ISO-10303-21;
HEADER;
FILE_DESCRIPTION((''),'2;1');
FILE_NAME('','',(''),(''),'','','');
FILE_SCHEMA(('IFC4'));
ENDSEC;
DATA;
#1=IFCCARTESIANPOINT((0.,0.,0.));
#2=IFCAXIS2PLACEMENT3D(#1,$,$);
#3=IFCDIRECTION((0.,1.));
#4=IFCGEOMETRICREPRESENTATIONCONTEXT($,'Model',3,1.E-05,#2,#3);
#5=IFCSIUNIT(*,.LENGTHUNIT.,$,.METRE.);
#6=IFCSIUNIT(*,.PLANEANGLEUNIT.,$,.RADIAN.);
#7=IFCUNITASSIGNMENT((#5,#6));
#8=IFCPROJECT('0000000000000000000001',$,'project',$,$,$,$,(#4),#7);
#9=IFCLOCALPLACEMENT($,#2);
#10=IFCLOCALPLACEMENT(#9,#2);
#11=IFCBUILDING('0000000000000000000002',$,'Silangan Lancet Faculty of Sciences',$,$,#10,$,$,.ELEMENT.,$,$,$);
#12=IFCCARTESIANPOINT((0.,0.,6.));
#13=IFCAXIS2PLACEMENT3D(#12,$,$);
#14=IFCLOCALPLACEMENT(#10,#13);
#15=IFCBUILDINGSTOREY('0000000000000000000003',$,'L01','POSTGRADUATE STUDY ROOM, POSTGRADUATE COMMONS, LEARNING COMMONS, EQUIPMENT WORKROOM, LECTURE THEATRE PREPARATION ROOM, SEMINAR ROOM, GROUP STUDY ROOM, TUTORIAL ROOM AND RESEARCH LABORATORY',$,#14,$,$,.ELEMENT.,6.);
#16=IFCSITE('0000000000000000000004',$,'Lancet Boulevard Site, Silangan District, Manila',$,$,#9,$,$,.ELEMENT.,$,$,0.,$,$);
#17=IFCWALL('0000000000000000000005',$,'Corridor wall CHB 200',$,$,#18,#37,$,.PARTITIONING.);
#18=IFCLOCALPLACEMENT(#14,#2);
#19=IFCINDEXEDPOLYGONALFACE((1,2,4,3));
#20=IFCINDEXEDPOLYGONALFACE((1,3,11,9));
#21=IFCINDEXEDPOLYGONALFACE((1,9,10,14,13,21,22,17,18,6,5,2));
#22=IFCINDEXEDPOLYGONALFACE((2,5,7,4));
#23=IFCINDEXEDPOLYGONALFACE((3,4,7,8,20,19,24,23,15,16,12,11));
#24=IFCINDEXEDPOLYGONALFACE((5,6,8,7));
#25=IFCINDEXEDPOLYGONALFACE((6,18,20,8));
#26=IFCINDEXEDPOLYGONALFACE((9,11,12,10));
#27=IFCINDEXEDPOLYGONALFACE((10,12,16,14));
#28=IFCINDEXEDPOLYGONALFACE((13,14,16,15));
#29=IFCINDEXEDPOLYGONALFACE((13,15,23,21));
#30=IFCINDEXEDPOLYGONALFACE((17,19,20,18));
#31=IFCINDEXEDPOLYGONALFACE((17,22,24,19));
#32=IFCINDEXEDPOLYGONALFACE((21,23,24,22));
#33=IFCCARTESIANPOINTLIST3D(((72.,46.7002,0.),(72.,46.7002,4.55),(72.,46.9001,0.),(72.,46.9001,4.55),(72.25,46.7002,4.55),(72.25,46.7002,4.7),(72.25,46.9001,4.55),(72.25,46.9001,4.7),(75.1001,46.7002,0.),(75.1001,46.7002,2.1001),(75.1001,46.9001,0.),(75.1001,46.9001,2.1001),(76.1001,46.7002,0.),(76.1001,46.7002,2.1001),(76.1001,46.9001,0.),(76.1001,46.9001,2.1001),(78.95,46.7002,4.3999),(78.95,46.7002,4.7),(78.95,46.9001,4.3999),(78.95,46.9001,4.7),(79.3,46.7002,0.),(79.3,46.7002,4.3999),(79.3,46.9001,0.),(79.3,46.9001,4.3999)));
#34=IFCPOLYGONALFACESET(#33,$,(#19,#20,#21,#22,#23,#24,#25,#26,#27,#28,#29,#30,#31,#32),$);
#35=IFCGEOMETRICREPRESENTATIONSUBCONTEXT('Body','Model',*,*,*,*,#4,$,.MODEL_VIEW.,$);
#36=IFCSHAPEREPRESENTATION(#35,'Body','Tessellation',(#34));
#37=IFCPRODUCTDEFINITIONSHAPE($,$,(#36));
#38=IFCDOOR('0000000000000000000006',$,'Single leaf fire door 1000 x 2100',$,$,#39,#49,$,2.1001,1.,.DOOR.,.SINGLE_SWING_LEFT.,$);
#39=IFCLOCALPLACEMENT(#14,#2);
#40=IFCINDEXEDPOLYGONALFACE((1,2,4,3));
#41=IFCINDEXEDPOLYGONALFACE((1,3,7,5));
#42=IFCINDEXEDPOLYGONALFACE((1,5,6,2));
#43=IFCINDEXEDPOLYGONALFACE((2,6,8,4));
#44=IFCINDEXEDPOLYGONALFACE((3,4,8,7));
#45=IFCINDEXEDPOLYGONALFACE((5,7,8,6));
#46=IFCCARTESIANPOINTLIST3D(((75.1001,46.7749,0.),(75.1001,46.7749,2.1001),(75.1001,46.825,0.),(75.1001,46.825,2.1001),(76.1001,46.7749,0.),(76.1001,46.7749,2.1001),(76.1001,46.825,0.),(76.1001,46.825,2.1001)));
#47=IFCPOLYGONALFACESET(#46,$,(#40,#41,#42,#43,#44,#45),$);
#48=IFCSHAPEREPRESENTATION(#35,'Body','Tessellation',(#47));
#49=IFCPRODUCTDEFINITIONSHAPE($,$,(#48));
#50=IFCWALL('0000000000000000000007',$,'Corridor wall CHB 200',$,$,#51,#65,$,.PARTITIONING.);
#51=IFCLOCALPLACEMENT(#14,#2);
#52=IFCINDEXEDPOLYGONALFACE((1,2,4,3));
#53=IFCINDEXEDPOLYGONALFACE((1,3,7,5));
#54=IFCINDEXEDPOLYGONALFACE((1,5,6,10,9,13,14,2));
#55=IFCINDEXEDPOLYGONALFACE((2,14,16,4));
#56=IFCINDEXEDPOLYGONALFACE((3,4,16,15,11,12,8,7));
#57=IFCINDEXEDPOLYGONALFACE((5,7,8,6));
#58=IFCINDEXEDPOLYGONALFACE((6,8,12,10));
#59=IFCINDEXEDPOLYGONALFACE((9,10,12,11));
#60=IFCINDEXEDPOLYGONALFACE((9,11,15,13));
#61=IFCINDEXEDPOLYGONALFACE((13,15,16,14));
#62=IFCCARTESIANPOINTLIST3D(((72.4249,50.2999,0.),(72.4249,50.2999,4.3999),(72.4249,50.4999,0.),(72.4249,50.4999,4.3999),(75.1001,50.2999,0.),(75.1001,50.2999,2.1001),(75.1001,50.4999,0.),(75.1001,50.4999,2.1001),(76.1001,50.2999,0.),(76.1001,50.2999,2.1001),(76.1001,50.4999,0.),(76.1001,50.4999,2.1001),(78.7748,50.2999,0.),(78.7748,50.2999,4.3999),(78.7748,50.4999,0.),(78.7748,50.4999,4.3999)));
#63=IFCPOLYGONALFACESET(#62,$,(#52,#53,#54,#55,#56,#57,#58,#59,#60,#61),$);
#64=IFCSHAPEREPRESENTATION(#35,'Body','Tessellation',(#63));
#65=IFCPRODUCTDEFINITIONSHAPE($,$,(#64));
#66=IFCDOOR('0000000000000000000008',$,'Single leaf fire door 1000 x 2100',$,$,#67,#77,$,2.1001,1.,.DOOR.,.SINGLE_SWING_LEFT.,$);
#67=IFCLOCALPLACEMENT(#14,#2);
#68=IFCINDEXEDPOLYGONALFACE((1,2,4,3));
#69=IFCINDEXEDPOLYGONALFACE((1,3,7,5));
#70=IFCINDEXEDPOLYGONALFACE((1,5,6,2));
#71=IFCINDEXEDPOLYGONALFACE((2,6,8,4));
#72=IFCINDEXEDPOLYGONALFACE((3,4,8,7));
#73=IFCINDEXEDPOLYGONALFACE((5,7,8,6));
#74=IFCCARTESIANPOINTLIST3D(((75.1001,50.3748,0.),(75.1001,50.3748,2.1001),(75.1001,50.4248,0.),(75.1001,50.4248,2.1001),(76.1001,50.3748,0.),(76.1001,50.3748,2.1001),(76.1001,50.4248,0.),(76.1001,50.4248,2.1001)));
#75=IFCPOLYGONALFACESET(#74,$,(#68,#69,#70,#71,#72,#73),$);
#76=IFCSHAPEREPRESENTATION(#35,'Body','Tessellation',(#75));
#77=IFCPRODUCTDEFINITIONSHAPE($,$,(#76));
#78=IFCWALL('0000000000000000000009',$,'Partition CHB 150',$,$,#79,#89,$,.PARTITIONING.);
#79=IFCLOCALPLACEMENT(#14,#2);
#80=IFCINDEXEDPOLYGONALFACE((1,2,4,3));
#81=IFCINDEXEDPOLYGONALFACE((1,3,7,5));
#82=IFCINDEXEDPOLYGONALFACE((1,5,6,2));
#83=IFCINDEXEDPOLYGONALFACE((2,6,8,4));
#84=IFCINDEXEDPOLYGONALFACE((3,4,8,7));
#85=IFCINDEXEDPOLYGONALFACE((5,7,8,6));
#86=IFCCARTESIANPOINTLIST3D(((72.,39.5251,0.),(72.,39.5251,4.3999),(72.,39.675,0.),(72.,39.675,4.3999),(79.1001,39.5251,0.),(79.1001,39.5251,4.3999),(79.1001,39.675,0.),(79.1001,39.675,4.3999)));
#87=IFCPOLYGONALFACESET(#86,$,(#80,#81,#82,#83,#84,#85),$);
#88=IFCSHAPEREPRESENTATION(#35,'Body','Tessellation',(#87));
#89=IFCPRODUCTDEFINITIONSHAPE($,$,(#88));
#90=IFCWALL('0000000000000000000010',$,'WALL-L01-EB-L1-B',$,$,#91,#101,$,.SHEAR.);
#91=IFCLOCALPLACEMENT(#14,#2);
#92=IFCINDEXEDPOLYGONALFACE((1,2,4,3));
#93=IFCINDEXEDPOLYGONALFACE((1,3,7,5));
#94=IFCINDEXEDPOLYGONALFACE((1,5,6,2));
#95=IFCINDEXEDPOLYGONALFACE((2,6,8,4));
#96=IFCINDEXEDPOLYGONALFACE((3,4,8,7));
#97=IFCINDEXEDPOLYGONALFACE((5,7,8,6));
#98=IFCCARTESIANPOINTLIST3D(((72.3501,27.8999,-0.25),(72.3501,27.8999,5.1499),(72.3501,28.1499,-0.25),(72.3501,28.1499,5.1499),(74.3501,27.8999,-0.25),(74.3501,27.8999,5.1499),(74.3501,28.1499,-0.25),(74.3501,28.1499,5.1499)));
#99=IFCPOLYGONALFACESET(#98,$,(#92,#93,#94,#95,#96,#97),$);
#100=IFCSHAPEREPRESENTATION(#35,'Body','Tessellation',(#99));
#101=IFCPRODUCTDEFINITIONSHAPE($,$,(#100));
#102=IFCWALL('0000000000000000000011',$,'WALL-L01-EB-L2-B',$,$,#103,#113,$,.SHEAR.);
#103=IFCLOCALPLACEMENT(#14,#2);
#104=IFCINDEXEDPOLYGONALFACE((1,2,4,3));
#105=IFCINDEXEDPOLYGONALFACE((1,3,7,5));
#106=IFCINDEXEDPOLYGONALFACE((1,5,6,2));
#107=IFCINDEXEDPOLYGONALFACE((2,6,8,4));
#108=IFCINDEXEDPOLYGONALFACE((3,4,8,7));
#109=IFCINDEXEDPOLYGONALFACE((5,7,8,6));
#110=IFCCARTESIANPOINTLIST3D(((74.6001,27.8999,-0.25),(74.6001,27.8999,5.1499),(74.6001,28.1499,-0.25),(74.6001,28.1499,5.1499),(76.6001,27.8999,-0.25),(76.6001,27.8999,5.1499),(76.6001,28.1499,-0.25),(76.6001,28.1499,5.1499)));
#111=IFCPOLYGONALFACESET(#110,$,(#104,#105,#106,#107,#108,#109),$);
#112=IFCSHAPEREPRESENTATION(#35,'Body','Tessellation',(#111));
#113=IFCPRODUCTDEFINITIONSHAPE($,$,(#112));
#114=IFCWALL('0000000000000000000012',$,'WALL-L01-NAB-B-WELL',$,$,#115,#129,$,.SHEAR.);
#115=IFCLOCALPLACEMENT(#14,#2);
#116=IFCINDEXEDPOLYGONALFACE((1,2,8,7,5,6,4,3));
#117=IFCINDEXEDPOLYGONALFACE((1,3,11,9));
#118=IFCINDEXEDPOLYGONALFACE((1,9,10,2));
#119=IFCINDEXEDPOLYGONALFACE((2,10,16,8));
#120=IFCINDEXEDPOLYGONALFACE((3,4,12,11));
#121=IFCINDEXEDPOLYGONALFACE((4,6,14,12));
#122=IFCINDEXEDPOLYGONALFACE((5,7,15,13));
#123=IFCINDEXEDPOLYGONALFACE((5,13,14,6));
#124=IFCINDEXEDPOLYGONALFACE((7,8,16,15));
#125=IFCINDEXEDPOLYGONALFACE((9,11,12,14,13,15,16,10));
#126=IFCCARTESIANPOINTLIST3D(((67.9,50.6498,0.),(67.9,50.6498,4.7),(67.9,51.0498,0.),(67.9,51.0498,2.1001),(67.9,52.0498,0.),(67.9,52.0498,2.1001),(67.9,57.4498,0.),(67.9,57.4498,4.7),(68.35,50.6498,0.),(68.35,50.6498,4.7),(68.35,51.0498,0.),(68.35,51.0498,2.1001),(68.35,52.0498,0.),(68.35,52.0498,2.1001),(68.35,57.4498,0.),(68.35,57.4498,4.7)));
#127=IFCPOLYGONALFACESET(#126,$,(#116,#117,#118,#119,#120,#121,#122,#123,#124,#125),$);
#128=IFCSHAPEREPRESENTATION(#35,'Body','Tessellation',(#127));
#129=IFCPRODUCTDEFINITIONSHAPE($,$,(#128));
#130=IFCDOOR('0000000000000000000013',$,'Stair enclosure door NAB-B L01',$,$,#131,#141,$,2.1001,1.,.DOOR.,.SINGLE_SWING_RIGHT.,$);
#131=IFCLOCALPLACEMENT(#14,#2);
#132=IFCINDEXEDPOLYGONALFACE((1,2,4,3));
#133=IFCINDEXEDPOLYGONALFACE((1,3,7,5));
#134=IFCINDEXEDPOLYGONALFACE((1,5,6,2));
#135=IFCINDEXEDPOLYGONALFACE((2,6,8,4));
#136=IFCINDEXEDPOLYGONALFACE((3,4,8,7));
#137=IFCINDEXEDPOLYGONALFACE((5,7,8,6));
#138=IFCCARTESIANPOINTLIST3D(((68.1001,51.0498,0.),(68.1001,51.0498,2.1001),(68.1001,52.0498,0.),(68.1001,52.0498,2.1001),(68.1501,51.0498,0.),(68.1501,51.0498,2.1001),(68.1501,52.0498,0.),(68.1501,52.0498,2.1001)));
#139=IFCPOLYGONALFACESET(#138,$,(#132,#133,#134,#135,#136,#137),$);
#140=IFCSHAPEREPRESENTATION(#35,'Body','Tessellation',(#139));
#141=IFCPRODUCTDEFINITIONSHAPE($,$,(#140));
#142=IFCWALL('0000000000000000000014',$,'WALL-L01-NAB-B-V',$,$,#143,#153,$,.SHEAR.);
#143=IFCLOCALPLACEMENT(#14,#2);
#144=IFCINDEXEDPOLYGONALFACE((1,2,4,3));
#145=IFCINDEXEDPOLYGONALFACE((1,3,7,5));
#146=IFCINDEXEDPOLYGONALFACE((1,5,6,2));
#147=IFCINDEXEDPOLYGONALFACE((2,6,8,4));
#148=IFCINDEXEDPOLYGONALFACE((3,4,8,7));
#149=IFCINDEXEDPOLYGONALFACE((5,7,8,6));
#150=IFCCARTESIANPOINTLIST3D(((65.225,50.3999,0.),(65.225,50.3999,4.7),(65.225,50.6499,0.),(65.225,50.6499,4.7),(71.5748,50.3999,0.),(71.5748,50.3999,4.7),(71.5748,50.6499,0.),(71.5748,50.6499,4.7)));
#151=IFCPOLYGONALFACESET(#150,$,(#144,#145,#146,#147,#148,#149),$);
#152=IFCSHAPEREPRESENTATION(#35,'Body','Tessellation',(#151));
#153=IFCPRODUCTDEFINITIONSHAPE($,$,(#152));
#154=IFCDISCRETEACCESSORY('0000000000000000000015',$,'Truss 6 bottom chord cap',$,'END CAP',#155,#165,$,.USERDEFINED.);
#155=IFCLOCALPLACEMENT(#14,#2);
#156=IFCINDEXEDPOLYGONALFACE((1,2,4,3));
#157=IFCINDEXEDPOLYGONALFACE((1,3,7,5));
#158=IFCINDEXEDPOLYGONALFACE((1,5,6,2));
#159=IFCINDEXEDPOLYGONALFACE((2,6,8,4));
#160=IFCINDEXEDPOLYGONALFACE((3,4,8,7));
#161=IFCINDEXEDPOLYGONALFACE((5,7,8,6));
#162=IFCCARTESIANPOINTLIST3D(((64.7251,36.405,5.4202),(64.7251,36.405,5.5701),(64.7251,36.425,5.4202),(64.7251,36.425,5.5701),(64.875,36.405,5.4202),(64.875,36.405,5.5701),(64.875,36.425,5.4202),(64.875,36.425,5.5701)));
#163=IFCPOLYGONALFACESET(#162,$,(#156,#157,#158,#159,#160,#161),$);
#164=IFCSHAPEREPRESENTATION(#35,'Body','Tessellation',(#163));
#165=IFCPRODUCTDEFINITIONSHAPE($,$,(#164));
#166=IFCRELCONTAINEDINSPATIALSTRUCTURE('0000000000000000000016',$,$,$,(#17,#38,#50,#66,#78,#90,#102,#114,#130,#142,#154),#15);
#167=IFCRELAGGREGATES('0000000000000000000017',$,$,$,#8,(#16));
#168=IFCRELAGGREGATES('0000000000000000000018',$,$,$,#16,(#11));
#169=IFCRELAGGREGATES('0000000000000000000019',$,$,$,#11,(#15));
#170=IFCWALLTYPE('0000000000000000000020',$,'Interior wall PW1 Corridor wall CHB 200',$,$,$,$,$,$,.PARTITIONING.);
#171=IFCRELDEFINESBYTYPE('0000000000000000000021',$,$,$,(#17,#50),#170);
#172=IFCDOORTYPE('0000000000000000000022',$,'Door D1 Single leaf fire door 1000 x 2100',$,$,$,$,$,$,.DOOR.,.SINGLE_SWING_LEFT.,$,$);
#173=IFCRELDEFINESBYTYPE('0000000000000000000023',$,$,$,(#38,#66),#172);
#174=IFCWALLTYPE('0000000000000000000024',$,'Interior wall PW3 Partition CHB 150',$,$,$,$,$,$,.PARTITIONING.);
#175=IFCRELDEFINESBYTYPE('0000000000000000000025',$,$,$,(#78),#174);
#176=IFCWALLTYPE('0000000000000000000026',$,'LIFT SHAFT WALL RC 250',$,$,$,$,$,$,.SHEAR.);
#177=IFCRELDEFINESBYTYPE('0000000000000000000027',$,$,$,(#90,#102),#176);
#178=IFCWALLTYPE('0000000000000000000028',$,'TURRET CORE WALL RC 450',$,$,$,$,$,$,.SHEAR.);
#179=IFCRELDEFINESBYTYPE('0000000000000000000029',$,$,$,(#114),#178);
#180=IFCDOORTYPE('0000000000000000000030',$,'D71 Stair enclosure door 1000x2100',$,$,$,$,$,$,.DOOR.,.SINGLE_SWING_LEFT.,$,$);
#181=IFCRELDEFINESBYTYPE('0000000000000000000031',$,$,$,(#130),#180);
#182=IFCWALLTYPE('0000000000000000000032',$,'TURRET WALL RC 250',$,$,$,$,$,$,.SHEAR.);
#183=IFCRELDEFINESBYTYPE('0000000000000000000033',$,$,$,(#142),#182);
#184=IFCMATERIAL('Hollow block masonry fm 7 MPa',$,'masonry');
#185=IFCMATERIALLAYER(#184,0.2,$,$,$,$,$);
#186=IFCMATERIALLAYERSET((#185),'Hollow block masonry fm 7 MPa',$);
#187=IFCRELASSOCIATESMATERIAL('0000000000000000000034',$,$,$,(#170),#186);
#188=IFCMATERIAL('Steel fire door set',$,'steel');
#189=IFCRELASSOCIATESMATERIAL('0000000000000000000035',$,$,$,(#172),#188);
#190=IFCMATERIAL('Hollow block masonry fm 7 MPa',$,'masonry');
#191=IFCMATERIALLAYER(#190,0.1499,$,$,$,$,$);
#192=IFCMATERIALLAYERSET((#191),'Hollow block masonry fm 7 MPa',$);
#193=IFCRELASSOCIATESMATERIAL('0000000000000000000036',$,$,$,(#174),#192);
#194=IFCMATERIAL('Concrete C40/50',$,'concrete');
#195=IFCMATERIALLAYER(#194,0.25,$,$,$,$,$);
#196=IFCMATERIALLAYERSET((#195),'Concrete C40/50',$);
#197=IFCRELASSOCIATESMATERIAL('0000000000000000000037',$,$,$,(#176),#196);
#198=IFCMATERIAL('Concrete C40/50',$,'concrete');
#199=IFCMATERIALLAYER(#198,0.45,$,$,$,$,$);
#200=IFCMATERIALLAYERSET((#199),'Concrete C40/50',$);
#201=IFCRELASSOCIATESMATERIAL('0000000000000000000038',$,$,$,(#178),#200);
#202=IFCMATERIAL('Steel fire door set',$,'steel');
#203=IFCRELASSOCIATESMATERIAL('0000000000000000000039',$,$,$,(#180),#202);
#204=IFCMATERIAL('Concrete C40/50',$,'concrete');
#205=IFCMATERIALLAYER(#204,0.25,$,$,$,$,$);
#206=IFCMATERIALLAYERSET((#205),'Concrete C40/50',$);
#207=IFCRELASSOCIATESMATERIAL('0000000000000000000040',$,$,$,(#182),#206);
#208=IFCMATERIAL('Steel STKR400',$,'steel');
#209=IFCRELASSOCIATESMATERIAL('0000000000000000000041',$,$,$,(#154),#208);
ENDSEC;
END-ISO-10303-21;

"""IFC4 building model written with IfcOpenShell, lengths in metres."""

from ifc_helpers import new_model, si_unit, direction, frame, frame_2d, origin, origin_2d, place, context, subcontext, project, spatial, polyline, rectangle, outline, extrude, material, layer, layer_set, type_object, element, fill, save


model = new_model("IFC4")

# Units and contexts
model_context = context("Model", 3, precision=1e-05, world=origin(), true_north=direction((0.0, 1.0)))
body_context = subcontext(model_context, "Body", "Model", "MODEL_VIEW")
ifc_project = project(units=[si_unit("LENGTHUNIT", "METRE"), si_unit("PLANEANGLEUNIT", "RADIAN")], contexts=[model_context])

# Site, building, storey
site_placement = place(None, origin())
site = spatial("IfcSite", under=ifc_project, at=site_placement, Name="Lancet Boulevard Site, Silangan District, Manila", CompositionType="ELEMENT", RefElevation=0.0)
building_placement = place(site_placement, origin())
building = spatial("IfcBuilding", under=site, at=building_placement, Name="Silangan Lancet Faculty of Sciences", CompositionType="ELEMENT")
storey_placement = place(building_placement, frame((0.0, 0.0, 6.0)))
storey = spatial("IfcBuildingStorey", under=building, at=storey_placement, Name="L01", Description="POSTGRADUATE STUDY ROOM, POSTGRADUATE COMMONS, LEARNING COMMONS, EQUIPMENT WORKROOM, LECTURE THEATRE PREPARATION ROOM, SEMINAR ROOM, GROUP STUDY ROOM, TUTORIAL ROOM AND RESEARCH LABORATORY", CompositionType="ELEMENT", Elevation=6.0)

# Walls, openings, doors
ifc_material_1 = material(Name="Hollow block masonry fm 7 MPa", Category="masonry")
ifc_layer_1 = layer(ifc_material_1, 0.2)
ifc_layer_set_1 = layer_set([ifc_layer_1], Name="Hollow block masonry fm 7 MPa")
wall_type_1 = type_object("IfcWallType", Name="Interior wall PW1 Corridor wall CHB 200", PredefinedType="PARTITIONING", material=ifc_layer_set_1)
wall_1_placement = place(storey_placement, frame((72.0, 46.8, 0.0), z_axis=(0.0, 0.0, 1.0), x_axis=(1.0, 0.0, 0.0)))
wall_1 = element("IfcWall", 1, at=wall_1_placement, inside=storey, type_object=wall_type_1, Name="Corridor wall CHB 200", PredefinedType="PARTITIONING", context=body_context, shape_type="SweptSolid", body=[
    extrude(outline(polyline([(0.0, 0.0), (7.3, 0.0), (7.3, 4.3999), (6.95, 4.3999), (6.95, 4.7), (0.25, 4.7), (0.25, 4.55), (0.0, 4.55), (0.0, 0.0)])), frame((0.0, 0.1001, 0.0), z_axis=(0.0, -1.0, 0.0), x_axis=(1.0, 0.0, 0.0)), (0.0, 0.0, 1.0), 0.2),
])
opening_1_placement = place(wall_1_placement, frame((3.1001, 0.0, 0.0)))
opening_1 = element("IfcOpeningElement", 2, at=opening_1_placement, cuts=wall_1, PredefinedType="OPENING", context=body_context, shape_type="SweptSolid", body=[
    extrude(rectangle(XDim=1.0, YDim=2.1001, at=frame_2d((0.5, 1.05))), frame((0.0, 0.1099, 0.0), z_axis=(0.0, -1.0, 0.0), x_axis=(1.0, 0.0, 0.0)), (0.0, 0.0, 1.0), 0.22),
])
ifc_material_2 = material(Name="Steel fire door set", Category="steel")
door_type_1 = type_object("IfcDoorType", Name="Door D1 Single leaf fire door 1000 x 2100", OperationType="SINGLE_SWING_LEFT", PredefinedType="DOOR", material=ifc_material_2)
door_1_placement = place(opening_1_placement, frame((1.0, 0.0, 0.0), z_axis=(0.0, 0.0, 1.0), x_axis=(-1.0, 0.0, 0.0)))
door_1 = element("IfcDoor", 3, at=door_1_placement, inside=storey, type_object=door_type_1, Name="Single leaf fire door 1000 x 2100", OperationType="SINGLE_SWING_LEFT", OverallHeight=2.1001, OverallWidth=1.0, PredefinedType="DOOR", context=body_context, shape_type="SweptSolid", body=[
    extrude(rectangle(XDim=1.0, YDim=2.1001, at=frame_2d((0.5, 1.05))), frame((0.0, 0.0251, 0.0), z_axis=(0.0, -1.0, 0.0), x_axis=(1.0, 0.0, 0.0)), (0.0, 0.0, 1.0), 0.05),
])
fill(opening_1, door_1)
wall_2_placement = place(storey_placement, frame((72.425, 50.3999, 0.0), z_axis=(0.0, 0.0, 1.0), x_axis=(1.0, 0.0, 0.0)))
wall_2 = element("IfcWall", 4, at=wall_2_placement, inside=storey, type_object=wall_type_1, Name="Corridor wall CHB 200", PredefinedType="PARTITIONING", context=body_context, shape_type="SweptSolid", body=[
    extrude(rectangle(XDim=6.3499, YDim=0.2, at=frame_2d((3.1748, 0.0))), origin(), (0.0, 0.0, 1.0), 4.3999),
])
opening_2_placement = place(wall_2_placement, frame((2.675, 0.0, 0.0)))
opening_2 = element("IfcOpeningElement", 5, at=opening_2_placement, cuts=wall_2, PredefinedType="OPENING", context=body_context, shape_type="SweptSolid", body=[
    extrude(rectangle(XDim=1.0, YDim=2.1001, at=frame_2d((0.5, 1.05))), frame((0.0, 0.1099, 0.0), z_axis=(0.0, -1.0, 0.0), x_axis=(1.0, 0.0, 0.0)), (0.0, 0.0, 1.0), 0.22),
])
door_2_placement = place(opening_2_placement, origin())
door_2 = element("IfcDoor", 6, at=door_2_placement, inside=storey, type_object=door_type_1, Name="Single leaf fire door 1000 x 2100", OperationType="SINGLE_SWING_LEFT", OverallHeight=2.1001, OverallWidth=1.0, PredefinedType="DOOR", context=body_context, shape_type="SweptSolid", body=[
    extrude(rectangle(XDim=1.0, YDim=2.1001, at=frame_2d((0.5, 1.05))), frame((0.0, 0.0249, 0.0), z_axis=(0.0, -1.0, 0.0), x_axis=(1.0, 0.0, 0.0)), (0.0, 0.0, 1.0), 0.05),
])
fill(opening_2, door_2)

# Walls
ifc_material_3 = material(Name="Hollow block masonry fm 7 MPa", Category="masonry")
ifc_layer_2 = layer(ifc_material_3, 0.1499)
ifc_layer_set_2 = layer_set([ifc_layer_2], Name="Hollow block masonry fm 7 MPa")
wall_type_2 = type_object("IfcWallType", Name="Interior wall PW3 Partition CHB 150", PredefinedType="PARTITIONING", material=ifc_layer_set_2)
wall_3_placement = place(storey_placement, frame((72.0, 39.6001, 0.0), z_axis=(0.0, 0.0, 1.0), x_axis=(1.0, 0.0, 0.0)))
element("IfcWall", 7, at=wall_3_placement, inside=storey, type_object=wall_type_2, Name="Partition CHB 150", PredefinedType="PARTITIONING", context=body_context, shape_type="SweptSolid", body=[
    extrude(rectangle(XDim=7.1001, YDim=0.1499, at=frame_2d((3.55, 0.0))), origin(), (0.0, 0.0, 1.0), 4.3999),
])
ifc_material_4 = material(Name="Concrete C40/50", Category="concrete")
ifc_layer_3 = layer(ifc_material_4, 0.25)
ifc_layer_set_3 = layer_set([ifc_layer_3], Name="Concrete C40/50")
wall_type_3 = type_object("IfcWallType", Name="LIFT SHAFT WALL RC 250", PredefinedType="SHEAR", material=ifc_layer_set_3)
for number, where, z_axis, x_axis, name in (
    (8, (72.3501, 28.0249, -0.25), (0.0, 0.0, 1.0), (1.0, 0.0, 0.0), "WALL-L01-EB-L1-B"),
    (9, (74.6001, 28.0249, -0.25), (0.0, 0.0, 1.0), (1.0, 0.0, 0.0), "WALL-L01-EB-L2-B"),
):
    element("IfcWall", number, at=place(storey_placement, frame(where, z_axis=z_axis, x_axis=x_axis)), inside=storey, type_object=wall_type_3, Name=name, PredefinedType="SHEAR", context=body_context, shape_type="SweptSolid", body=[
        extrude(rectangle(XDim=2.0, YDim=0.25, at=frame_2d((1.0, 0.0))), origin(), (0.0, 0.0, 1.0), 5.3999),
    ])

# Wall, opening, door
ifc_material_5 = material(Name="Concrete C40/50", Category="concrete")
ifc_layer_4 = layer(ifc_material_5, 0.45)
ifc_layer_set_4 = layer_set([ifc_layer_4], Name="Concrete C40/50")
wall_type_4 = type_object("IfcWallType", Name="TURRET CORE WALL RC 450", PredefinedType="SHEAR", material=ifc_layer_set_4)
wall_4_placement = place(storey_placement, frame((68.125, 50.6499, 0.0), z_axis=(0.0, 0.0, 1.0), x_axis=(0.0, 1.0, 0.0)))
wall_4 = element("IfcWall", 10, at=wall_4_placement, inside=storey, type_object=wall_type_4, Name="WALL-L01-NAB-B-WELL", PredefinedType="SHEAR", context=body_context, shape_type="SweptSolid", body=[
    extrude(rectangle(XDim=6.8, YDim=0.45, at=frame_2d((3.3999, 0.0))), origin(), (0.0, 0.0, 1.0), 4.7),
])
opening_3_placement = place(wall_4_placement, frame((0.3999, 0.0, 0.0)))
opening_3 = element("IfcOpeningElement", 11, at=opening_3_placement, cuts=wall_4, PredefinedType="OPENING", context=body_context, shape_type="SweptSolid", body=[
    extrude(rectangle(XDim=1.0, YDim=2.1001, at=frame_2d((0.5, 1.05))), frame((0.0, 0.2349, 0.0), z_axis=(0.0, -1.0, 0.0), x_axis=(1.0, 0.0, 0.0)), (0.0, 0.0, 1.0), 0.47),
])
ifc_material_6 = material(Name="Steel fire door set", Category="steel")
door_type_2 = type_object("IfcDoorType", Name="D71 Stair enclosure door 1000x2100", OperationType="SINGLE_SWING_LEFT", PredefinedType="DOOR", material=ifc_material_6)
door_3_placement = place(opening_3_placement, frame((1.0, 0.0, 0.0), z_axis=(0.0, 0.0, 1.0), x_axis=(-1.0, 0.0, 0.0)))
door_3 = element("IfcDoor", 12, at=door_3_placement, inside=storey, type_object=door_type_2, Name="Stair enclosure door NAB-B L01", OperationType="SINGLE_SWING_RIGHT", OverallHeight=2.1001, OverallWidth=1.0, PredefinedType="DOOR", context=body_context, shape_type="SweptSolid", body=[
    extrude(rectangle(XDim=1.0, YDim=2.1001, at=frame_2d((0.5, 1.05))), frame((0.0, 0.0251, 0.0), z_axis=(0.0, -1.0, 0.0), x_axis=(1.0, 0.0, 0.0)), (0.0, 0.0, 1.0), 0.05),
])
fill(opening_3, door_3)

# Wall
ifc_material_7 = material(Name="Concrete C40/50", Category="concrete")
ifc_layer_5 = layer(ifc_material_7, 0.25)
ifc_layer_set_5 = layer_set([ifc_layer_5], Name="Concrete C40/50")
wall_type_5 = type_object("IfcWallType", Name="TURRET WALL RC 250", PredefinedType="SHEAR", material=ifc_layer_set_5)
wall_5_placement = place(storey_placement, frame((65.2251, 50.5249, 0.0), z_axis=(0.0, 0.0, 1.0), x_axis=(1.0, 0.0, 0.0)))
element("IfcWall", 13, at=wall_5_placement, inside=storey, type_object=wall_type_5, Name="WALL-L01-NAB-B-V", PredefinedType="SHEAR", context=body_context, shape_type="SweptSolid", body=[
    extrude(rectangle(XDim=6.3499, YDim=0.25, at=frame_2d((3.1748, 0.0))), origin(), (0.0, 0.0, 1.0), 4.7),
])

# Discrete accessory
ifc_material_8 = material(Name="Steel STKR400", Category="steel")
for number, where, z_axis, x_axis, name in (
    (14, (64.8, 36.415, 5.4202), (0.0, 0.0, 1.0), (1.0, 0.0, 0.0), "Truss 6 bottom chord cap"),
):
    element("IfcDiscreteAccessory", number, at=place(storey_placement, frame(where, z_axis=z_axis, x_axis=x_axis)), inside=storey, material=ifc_material_8, Name=name, ObjectType="END CAP", PredefinedType="USERDEFINED", context=body_context, shape_type="SweptSolid", body=[
        extrude(rectangle(XDim=0.1499, YDim=0.02, at=origin_2d()), origin(), (0.0, 0.0, 1.0), 0.1499),
    ])

save(model, "model.ifc")
